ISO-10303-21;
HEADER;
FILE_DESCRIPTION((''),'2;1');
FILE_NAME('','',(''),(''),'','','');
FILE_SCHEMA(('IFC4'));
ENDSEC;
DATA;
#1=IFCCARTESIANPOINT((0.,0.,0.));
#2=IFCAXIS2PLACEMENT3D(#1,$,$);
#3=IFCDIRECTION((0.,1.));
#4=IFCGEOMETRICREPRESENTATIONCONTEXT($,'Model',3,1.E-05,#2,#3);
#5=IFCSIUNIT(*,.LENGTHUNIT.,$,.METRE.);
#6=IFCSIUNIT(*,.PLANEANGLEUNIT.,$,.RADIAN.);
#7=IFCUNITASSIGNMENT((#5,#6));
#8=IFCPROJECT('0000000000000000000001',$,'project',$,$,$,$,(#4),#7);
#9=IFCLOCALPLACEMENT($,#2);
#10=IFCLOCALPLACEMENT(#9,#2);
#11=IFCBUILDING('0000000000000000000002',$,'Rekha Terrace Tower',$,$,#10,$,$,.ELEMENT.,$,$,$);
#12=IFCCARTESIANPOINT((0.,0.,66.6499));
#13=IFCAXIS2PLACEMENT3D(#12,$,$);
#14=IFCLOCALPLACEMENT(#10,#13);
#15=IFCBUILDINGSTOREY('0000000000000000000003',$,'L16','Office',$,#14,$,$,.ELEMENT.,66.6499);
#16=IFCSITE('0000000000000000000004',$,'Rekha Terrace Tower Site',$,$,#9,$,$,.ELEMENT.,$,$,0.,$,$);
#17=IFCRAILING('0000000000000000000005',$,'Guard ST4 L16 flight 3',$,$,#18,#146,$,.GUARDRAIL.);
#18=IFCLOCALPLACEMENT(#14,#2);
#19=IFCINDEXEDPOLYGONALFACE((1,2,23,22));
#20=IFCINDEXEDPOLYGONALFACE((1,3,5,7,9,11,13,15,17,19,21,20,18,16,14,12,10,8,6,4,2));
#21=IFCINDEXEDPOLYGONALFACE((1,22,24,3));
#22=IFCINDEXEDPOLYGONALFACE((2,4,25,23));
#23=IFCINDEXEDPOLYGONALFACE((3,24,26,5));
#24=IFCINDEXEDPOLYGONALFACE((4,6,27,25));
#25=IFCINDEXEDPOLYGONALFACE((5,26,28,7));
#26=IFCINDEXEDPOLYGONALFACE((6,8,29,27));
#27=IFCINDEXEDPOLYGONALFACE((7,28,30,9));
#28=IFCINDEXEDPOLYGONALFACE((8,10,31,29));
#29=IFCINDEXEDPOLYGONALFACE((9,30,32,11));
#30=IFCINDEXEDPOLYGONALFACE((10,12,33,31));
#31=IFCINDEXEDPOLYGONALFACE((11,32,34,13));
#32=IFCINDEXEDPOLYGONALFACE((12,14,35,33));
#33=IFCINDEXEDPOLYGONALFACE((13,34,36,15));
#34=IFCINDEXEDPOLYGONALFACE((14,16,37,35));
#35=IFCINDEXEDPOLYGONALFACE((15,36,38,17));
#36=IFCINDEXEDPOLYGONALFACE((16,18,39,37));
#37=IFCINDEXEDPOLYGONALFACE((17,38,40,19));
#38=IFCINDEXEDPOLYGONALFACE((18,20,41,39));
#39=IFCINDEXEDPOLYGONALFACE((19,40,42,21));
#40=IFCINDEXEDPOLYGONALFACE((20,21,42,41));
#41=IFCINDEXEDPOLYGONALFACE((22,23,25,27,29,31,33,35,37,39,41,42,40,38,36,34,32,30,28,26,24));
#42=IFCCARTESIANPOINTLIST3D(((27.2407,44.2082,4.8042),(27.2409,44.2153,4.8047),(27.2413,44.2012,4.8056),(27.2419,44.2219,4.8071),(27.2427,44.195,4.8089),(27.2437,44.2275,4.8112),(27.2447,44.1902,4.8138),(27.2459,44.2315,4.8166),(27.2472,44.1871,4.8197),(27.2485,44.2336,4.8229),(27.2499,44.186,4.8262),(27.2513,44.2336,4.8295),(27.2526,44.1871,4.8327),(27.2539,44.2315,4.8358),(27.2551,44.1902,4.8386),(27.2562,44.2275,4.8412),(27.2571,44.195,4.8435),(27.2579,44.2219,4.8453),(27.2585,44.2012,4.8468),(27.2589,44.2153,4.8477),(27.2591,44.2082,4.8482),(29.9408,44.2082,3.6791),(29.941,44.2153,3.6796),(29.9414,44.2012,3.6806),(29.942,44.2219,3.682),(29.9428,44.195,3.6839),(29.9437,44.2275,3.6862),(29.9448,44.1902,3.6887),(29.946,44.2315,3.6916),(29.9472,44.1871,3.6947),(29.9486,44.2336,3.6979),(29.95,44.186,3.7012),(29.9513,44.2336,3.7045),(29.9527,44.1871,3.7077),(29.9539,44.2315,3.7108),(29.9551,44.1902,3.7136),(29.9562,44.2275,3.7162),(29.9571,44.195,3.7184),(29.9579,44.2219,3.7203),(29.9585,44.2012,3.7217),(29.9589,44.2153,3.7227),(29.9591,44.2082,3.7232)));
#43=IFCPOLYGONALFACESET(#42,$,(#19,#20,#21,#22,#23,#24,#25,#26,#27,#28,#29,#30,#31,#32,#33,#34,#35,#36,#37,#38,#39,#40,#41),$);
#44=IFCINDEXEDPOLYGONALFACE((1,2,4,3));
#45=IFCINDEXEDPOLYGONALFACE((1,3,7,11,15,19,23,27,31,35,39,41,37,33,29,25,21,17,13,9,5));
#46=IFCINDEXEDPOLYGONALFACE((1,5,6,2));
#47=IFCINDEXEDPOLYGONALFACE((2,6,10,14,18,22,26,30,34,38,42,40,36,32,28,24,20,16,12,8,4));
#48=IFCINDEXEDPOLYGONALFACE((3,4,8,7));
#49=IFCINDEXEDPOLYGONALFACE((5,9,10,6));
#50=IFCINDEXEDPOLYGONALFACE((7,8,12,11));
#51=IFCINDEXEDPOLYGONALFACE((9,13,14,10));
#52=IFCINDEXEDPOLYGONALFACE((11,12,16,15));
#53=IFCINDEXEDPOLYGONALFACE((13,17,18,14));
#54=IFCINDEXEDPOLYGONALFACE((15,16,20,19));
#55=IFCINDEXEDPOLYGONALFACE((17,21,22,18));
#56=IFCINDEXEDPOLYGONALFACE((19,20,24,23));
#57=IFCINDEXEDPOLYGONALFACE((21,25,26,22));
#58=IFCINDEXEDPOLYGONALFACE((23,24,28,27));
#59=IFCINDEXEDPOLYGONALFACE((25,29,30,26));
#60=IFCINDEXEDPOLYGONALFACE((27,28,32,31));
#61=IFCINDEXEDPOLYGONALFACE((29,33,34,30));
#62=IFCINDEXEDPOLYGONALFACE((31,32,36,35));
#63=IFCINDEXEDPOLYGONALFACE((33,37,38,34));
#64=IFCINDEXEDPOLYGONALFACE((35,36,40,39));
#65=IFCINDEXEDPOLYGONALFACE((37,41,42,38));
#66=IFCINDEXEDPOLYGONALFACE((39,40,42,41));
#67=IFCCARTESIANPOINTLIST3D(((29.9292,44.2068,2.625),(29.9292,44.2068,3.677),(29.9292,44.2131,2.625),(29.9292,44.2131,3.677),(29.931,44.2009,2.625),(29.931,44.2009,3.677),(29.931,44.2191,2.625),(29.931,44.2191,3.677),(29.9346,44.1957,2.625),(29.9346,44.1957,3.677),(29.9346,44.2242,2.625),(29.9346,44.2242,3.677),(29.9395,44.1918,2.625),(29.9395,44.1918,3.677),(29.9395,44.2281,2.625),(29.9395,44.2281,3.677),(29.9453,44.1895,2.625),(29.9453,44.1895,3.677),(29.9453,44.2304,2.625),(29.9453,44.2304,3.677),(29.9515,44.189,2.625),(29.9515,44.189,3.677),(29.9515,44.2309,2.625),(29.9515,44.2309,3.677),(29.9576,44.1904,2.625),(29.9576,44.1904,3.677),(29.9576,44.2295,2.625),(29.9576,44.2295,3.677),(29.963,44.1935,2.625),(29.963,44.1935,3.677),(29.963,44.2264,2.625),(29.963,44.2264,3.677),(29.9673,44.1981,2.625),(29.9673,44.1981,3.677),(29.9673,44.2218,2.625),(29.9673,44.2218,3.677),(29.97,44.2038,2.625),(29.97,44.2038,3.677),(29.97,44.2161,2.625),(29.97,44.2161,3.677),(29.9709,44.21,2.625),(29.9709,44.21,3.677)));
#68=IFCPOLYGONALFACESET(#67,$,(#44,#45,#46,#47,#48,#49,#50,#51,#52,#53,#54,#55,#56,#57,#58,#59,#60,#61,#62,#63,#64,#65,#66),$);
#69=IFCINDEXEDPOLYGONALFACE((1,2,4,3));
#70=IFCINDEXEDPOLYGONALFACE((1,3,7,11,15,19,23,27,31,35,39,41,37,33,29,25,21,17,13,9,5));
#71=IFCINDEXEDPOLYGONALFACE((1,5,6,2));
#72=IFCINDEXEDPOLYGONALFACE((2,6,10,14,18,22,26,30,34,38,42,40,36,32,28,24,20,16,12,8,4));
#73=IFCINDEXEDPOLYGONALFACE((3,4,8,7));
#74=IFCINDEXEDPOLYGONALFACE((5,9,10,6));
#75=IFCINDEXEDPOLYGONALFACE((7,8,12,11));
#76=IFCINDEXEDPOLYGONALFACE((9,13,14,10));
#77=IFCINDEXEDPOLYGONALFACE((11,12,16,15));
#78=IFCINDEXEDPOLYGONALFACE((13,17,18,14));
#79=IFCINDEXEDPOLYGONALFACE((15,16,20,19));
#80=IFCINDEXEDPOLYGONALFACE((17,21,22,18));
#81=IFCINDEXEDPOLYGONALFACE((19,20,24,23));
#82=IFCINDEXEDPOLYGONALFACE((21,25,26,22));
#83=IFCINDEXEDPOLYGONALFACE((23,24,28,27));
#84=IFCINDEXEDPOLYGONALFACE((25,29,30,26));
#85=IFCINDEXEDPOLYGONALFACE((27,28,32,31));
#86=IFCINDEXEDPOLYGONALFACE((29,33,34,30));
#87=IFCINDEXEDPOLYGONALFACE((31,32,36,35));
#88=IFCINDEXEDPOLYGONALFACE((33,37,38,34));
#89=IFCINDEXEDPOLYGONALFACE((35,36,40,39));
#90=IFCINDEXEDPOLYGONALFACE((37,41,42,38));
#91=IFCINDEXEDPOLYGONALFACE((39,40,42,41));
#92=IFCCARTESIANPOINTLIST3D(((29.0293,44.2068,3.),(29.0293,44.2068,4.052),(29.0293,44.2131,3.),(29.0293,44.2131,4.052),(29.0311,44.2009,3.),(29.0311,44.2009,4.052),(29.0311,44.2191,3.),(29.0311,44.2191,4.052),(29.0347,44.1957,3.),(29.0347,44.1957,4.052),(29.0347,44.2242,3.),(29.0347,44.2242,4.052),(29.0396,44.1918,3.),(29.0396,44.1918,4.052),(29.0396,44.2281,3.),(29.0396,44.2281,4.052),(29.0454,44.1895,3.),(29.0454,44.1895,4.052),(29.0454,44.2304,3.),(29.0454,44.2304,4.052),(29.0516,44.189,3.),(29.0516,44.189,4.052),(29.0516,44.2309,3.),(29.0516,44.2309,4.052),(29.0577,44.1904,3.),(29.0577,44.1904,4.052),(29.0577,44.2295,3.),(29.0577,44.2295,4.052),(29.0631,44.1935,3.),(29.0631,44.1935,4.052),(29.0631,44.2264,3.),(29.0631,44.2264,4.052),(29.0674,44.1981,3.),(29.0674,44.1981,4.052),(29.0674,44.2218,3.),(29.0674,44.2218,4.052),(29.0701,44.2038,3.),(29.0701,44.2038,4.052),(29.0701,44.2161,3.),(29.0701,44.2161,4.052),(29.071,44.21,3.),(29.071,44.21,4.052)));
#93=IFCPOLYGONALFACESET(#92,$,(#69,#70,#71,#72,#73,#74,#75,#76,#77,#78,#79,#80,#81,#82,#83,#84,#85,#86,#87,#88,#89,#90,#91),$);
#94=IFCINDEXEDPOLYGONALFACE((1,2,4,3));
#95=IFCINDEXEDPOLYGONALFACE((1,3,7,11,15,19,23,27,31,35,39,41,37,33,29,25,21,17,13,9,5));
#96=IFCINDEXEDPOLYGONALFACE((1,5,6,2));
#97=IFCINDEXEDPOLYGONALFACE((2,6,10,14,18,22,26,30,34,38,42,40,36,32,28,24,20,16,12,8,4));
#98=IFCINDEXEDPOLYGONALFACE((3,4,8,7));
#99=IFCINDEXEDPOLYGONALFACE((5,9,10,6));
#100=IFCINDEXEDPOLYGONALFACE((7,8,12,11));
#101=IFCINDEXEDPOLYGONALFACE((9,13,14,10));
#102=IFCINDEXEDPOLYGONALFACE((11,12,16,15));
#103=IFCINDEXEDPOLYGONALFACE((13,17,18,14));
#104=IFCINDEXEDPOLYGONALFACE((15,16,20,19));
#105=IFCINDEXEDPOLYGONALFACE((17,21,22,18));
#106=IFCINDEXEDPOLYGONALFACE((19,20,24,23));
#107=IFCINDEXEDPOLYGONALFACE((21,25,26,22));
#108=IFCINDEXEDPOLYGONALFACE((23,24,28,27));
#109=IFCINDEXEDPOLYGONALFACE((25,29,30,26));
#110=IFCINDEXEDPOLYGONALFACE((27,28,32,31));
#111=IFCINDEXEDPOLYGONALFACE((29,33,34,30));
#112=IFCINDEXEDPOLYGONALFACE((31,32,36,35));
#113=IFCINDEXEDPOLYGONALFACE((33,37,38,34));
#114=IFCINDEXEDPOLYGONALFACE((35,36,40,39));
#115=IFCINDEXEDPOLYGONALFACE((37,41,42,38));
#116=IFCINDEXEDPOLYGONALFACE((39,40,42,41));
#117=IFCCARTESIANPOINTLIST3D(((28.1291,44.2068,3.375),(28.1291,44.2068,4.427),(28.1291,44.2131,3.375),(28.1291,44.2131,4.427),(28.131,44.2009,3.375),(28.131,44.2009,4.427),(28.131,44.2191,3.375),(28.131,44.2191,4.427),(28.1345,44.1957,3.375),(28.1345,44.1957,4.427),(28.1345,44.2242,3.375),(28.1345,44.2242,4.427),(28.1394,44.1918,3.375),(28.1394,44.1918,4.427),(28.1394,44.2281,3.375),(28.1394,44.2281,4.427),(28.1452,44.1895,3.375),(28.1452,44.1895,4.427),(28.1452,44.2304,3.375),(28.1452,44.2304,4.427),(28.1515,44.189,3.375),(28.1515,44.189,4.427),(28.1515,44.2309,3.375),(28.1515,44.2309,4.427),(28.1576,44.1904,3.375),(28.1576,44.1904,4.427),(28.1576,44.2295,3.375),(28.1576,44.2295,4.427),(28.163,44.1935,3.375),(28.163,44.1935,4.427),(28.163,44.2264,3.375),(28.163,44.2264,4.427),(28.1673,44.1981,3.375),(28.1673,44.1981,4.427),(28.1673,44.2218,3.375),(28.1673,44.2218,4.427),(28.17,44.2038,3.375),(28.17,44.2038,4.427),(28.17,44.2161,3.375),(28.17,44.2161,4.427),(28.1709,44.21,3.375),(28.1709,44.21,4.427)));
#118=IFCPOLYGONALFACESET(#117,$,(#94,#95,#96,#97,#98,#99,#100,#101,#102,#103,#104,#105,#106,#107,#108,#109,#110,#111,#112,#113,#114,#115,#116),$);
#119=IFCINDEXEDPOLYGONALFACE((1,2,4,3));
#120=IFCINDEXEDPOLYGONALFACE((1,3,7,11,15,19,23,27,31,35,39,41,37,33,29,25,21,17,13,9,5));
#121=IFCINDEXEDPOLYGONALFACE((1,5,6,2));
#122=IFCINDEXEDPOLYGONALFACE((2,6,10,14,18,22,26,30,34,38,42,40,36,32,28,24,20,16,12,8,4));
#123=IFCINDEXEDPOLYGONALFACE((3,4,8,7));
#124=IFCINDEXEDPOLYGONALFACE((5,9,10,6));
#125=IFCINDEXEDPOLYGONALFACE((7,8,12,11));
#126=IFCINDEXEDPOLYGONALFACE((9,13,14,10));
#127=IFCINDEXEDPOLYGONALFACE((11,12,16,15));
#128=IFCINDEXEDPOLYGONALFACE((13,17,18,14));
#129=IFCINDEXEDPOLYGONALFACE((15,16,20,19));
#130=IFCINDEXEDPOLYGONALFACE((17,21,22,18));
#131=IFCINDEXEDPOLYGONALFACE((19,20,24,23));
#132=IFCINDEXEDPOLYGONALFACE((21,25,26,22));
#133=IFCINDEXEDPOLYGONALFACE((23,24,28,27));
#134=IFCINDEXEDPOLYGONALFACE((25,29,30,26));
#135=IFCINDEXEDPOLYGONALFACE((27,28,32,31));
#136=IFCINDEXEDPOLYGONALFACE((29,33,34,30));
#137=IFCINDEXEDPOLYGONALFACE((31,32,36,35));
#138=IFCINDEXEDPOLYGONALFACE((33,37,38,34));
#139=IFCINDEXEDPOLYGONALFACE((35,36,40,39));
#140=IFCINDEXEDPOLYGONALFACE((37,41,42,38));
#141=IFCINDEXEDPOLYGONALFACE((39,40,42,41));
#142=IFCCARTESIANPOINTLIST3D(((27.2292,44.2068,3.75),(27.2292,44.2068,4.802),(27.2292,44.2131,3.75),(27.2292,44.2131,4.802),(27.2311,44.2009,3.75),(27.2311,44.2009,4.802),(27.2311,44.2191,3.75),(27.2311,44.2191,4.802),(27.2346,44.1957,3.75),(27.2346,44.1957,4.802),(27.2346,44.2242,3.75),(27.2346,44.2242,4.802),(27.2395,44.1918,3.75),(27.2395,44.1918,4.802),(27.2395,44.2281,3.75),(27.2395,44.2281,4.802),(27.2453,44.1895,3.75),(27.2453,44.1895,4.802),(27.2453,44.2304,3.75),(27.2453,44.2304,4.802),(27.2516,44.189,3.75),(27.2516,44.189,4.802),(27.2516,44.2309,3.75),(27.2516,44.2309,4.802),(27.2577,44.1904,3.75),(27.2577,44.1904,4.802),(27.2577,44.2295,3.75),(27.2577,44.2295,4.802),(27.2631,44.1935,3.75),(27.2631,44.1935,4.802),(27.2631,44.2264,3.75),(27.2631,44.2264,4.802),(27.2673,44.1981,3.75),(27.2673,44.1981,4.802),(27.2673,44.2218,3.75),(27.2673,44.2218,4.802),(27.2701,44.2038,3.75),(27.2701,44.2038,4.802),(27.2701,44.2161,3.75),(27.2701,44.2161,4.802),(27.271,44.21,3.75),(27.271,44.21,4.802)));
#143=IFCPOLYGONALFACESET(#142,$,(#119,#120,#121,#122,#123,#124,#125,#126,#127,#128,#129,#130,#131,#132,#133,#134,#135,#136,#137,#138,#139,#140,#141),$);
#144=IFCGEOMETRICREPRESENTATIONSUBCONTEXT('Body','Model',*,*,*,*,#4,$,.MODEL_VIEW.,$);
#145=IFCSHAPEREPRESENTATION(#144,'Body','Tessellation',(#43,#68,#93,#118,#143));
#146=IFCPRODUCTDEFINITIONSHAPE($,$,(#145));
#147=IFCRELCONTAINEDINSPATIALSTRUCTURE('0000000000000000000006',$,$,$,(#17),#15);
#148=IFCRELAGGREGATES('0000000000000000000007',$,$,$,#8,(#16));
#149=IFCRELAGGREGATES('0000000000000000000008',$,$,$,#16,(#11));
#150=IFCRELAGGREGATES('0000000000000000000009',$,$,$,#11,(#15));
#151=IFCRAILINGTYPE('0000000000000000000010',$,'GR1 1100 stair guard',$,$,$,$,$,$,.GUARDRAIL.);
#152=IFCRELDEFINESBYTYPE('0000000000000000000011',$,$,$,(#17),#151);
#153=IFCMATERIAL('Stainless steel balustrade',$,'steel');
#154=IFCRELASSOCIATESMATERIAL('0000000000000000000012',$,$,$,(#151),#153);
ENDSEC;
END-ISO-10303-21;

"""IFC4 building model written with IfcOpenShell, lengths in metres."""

from ifc_helpers import new_model, si_unit, direction, frame, origin, origin_2d, place, context, subcontext, project, spatial, circle, extrude, material, type_object, element, save


model = new_model("IFC4")

# Units and contexts
model_context = context("Model", 3, precision=1e-05, world=origin(), true_north=direction((0.0, 1.0)))
body_context = subcontext(model_context, "Body", "Model", "MODEL_VIEW")
ifc_project = project(units=[si_unit("LENGTHUNIT", "METRE"), si_unit("PLANEANGLEUNIT", "RADIAN")], contexts=[model_context])

# Site, building, storey
site_placement = place(None, origin())
site = spatial("IfcSite", under=ifc_project, at=site_placement, Name="Rekha Terrace Tower Site", CompositionType="ELEMENT", RefElevation=0.0)
building_placement = place(site_placement, origin())
building = spatial("IfcBuilding", under=site, at=building_placement, Name="Rekha Terrace Tower", CompositionType="ELEMENT")
storey_placement = place(building_placement, frame((0.0, 0.0, 66.6499)))
storey = spatial("IfcBuildingStorey", under=building, at=storey_placement, Name="L16", Description="Office", CompositionType="ELEMENT", Elevation=66.6499)

# Railing
ifc_material_1 = material(Name="Stainless steel balustrade", Category="steel")
railing_type_1 = type_object("IfcRailingType", Name="GR1 1100 stair guard", PredefinedType="GUARDRAIL", material=ifc_material_1)
railing_1_placement = place(storey_placement, frame((29.95, 44.21, 2.625)))
element("IfcRailing", 1, at=railing_1_placement, inside=storey, type_object=railing_type_1, Name="Guard ST4 L16 flight 3", PredefinedType="GUARDRAIL", context=body_context, shape_type="SweptSolid", body=[
    extrude(circle(Radius=0.0239, at=origin_2d()), frame((0.0, 0.0, 1.0762), z_axis=(-0.923074, 0.0, 0.384621), x_axis=(0.0, -1.0, 0.0)), (0.0, 0.0, 1.0), 2.925),
    extrude(circle(Radius=0.021, at=origin_2d()), origin(), (0.0, 0.0, 1.0), 1.052),
    extrude(circle(Radius=0.021, at=origin_2d()), frame((-0.8999, 0.0, 0.375)), (0.0, 0.0, 1.0), 1.052),
    extrude(circle(Radius=0.021, at=origin_2d()), frame((-1.8, 0.0, 0.75)), (0.0, 0.0, 1.0), 1.052),
    extrude(circle(Radius=0.021, at=origin_2d()), frame((-2.7, 0.0, 1.125)), (0.0, 0.0, 1.0), 1.052),
])

save(model, "model.ifc")
